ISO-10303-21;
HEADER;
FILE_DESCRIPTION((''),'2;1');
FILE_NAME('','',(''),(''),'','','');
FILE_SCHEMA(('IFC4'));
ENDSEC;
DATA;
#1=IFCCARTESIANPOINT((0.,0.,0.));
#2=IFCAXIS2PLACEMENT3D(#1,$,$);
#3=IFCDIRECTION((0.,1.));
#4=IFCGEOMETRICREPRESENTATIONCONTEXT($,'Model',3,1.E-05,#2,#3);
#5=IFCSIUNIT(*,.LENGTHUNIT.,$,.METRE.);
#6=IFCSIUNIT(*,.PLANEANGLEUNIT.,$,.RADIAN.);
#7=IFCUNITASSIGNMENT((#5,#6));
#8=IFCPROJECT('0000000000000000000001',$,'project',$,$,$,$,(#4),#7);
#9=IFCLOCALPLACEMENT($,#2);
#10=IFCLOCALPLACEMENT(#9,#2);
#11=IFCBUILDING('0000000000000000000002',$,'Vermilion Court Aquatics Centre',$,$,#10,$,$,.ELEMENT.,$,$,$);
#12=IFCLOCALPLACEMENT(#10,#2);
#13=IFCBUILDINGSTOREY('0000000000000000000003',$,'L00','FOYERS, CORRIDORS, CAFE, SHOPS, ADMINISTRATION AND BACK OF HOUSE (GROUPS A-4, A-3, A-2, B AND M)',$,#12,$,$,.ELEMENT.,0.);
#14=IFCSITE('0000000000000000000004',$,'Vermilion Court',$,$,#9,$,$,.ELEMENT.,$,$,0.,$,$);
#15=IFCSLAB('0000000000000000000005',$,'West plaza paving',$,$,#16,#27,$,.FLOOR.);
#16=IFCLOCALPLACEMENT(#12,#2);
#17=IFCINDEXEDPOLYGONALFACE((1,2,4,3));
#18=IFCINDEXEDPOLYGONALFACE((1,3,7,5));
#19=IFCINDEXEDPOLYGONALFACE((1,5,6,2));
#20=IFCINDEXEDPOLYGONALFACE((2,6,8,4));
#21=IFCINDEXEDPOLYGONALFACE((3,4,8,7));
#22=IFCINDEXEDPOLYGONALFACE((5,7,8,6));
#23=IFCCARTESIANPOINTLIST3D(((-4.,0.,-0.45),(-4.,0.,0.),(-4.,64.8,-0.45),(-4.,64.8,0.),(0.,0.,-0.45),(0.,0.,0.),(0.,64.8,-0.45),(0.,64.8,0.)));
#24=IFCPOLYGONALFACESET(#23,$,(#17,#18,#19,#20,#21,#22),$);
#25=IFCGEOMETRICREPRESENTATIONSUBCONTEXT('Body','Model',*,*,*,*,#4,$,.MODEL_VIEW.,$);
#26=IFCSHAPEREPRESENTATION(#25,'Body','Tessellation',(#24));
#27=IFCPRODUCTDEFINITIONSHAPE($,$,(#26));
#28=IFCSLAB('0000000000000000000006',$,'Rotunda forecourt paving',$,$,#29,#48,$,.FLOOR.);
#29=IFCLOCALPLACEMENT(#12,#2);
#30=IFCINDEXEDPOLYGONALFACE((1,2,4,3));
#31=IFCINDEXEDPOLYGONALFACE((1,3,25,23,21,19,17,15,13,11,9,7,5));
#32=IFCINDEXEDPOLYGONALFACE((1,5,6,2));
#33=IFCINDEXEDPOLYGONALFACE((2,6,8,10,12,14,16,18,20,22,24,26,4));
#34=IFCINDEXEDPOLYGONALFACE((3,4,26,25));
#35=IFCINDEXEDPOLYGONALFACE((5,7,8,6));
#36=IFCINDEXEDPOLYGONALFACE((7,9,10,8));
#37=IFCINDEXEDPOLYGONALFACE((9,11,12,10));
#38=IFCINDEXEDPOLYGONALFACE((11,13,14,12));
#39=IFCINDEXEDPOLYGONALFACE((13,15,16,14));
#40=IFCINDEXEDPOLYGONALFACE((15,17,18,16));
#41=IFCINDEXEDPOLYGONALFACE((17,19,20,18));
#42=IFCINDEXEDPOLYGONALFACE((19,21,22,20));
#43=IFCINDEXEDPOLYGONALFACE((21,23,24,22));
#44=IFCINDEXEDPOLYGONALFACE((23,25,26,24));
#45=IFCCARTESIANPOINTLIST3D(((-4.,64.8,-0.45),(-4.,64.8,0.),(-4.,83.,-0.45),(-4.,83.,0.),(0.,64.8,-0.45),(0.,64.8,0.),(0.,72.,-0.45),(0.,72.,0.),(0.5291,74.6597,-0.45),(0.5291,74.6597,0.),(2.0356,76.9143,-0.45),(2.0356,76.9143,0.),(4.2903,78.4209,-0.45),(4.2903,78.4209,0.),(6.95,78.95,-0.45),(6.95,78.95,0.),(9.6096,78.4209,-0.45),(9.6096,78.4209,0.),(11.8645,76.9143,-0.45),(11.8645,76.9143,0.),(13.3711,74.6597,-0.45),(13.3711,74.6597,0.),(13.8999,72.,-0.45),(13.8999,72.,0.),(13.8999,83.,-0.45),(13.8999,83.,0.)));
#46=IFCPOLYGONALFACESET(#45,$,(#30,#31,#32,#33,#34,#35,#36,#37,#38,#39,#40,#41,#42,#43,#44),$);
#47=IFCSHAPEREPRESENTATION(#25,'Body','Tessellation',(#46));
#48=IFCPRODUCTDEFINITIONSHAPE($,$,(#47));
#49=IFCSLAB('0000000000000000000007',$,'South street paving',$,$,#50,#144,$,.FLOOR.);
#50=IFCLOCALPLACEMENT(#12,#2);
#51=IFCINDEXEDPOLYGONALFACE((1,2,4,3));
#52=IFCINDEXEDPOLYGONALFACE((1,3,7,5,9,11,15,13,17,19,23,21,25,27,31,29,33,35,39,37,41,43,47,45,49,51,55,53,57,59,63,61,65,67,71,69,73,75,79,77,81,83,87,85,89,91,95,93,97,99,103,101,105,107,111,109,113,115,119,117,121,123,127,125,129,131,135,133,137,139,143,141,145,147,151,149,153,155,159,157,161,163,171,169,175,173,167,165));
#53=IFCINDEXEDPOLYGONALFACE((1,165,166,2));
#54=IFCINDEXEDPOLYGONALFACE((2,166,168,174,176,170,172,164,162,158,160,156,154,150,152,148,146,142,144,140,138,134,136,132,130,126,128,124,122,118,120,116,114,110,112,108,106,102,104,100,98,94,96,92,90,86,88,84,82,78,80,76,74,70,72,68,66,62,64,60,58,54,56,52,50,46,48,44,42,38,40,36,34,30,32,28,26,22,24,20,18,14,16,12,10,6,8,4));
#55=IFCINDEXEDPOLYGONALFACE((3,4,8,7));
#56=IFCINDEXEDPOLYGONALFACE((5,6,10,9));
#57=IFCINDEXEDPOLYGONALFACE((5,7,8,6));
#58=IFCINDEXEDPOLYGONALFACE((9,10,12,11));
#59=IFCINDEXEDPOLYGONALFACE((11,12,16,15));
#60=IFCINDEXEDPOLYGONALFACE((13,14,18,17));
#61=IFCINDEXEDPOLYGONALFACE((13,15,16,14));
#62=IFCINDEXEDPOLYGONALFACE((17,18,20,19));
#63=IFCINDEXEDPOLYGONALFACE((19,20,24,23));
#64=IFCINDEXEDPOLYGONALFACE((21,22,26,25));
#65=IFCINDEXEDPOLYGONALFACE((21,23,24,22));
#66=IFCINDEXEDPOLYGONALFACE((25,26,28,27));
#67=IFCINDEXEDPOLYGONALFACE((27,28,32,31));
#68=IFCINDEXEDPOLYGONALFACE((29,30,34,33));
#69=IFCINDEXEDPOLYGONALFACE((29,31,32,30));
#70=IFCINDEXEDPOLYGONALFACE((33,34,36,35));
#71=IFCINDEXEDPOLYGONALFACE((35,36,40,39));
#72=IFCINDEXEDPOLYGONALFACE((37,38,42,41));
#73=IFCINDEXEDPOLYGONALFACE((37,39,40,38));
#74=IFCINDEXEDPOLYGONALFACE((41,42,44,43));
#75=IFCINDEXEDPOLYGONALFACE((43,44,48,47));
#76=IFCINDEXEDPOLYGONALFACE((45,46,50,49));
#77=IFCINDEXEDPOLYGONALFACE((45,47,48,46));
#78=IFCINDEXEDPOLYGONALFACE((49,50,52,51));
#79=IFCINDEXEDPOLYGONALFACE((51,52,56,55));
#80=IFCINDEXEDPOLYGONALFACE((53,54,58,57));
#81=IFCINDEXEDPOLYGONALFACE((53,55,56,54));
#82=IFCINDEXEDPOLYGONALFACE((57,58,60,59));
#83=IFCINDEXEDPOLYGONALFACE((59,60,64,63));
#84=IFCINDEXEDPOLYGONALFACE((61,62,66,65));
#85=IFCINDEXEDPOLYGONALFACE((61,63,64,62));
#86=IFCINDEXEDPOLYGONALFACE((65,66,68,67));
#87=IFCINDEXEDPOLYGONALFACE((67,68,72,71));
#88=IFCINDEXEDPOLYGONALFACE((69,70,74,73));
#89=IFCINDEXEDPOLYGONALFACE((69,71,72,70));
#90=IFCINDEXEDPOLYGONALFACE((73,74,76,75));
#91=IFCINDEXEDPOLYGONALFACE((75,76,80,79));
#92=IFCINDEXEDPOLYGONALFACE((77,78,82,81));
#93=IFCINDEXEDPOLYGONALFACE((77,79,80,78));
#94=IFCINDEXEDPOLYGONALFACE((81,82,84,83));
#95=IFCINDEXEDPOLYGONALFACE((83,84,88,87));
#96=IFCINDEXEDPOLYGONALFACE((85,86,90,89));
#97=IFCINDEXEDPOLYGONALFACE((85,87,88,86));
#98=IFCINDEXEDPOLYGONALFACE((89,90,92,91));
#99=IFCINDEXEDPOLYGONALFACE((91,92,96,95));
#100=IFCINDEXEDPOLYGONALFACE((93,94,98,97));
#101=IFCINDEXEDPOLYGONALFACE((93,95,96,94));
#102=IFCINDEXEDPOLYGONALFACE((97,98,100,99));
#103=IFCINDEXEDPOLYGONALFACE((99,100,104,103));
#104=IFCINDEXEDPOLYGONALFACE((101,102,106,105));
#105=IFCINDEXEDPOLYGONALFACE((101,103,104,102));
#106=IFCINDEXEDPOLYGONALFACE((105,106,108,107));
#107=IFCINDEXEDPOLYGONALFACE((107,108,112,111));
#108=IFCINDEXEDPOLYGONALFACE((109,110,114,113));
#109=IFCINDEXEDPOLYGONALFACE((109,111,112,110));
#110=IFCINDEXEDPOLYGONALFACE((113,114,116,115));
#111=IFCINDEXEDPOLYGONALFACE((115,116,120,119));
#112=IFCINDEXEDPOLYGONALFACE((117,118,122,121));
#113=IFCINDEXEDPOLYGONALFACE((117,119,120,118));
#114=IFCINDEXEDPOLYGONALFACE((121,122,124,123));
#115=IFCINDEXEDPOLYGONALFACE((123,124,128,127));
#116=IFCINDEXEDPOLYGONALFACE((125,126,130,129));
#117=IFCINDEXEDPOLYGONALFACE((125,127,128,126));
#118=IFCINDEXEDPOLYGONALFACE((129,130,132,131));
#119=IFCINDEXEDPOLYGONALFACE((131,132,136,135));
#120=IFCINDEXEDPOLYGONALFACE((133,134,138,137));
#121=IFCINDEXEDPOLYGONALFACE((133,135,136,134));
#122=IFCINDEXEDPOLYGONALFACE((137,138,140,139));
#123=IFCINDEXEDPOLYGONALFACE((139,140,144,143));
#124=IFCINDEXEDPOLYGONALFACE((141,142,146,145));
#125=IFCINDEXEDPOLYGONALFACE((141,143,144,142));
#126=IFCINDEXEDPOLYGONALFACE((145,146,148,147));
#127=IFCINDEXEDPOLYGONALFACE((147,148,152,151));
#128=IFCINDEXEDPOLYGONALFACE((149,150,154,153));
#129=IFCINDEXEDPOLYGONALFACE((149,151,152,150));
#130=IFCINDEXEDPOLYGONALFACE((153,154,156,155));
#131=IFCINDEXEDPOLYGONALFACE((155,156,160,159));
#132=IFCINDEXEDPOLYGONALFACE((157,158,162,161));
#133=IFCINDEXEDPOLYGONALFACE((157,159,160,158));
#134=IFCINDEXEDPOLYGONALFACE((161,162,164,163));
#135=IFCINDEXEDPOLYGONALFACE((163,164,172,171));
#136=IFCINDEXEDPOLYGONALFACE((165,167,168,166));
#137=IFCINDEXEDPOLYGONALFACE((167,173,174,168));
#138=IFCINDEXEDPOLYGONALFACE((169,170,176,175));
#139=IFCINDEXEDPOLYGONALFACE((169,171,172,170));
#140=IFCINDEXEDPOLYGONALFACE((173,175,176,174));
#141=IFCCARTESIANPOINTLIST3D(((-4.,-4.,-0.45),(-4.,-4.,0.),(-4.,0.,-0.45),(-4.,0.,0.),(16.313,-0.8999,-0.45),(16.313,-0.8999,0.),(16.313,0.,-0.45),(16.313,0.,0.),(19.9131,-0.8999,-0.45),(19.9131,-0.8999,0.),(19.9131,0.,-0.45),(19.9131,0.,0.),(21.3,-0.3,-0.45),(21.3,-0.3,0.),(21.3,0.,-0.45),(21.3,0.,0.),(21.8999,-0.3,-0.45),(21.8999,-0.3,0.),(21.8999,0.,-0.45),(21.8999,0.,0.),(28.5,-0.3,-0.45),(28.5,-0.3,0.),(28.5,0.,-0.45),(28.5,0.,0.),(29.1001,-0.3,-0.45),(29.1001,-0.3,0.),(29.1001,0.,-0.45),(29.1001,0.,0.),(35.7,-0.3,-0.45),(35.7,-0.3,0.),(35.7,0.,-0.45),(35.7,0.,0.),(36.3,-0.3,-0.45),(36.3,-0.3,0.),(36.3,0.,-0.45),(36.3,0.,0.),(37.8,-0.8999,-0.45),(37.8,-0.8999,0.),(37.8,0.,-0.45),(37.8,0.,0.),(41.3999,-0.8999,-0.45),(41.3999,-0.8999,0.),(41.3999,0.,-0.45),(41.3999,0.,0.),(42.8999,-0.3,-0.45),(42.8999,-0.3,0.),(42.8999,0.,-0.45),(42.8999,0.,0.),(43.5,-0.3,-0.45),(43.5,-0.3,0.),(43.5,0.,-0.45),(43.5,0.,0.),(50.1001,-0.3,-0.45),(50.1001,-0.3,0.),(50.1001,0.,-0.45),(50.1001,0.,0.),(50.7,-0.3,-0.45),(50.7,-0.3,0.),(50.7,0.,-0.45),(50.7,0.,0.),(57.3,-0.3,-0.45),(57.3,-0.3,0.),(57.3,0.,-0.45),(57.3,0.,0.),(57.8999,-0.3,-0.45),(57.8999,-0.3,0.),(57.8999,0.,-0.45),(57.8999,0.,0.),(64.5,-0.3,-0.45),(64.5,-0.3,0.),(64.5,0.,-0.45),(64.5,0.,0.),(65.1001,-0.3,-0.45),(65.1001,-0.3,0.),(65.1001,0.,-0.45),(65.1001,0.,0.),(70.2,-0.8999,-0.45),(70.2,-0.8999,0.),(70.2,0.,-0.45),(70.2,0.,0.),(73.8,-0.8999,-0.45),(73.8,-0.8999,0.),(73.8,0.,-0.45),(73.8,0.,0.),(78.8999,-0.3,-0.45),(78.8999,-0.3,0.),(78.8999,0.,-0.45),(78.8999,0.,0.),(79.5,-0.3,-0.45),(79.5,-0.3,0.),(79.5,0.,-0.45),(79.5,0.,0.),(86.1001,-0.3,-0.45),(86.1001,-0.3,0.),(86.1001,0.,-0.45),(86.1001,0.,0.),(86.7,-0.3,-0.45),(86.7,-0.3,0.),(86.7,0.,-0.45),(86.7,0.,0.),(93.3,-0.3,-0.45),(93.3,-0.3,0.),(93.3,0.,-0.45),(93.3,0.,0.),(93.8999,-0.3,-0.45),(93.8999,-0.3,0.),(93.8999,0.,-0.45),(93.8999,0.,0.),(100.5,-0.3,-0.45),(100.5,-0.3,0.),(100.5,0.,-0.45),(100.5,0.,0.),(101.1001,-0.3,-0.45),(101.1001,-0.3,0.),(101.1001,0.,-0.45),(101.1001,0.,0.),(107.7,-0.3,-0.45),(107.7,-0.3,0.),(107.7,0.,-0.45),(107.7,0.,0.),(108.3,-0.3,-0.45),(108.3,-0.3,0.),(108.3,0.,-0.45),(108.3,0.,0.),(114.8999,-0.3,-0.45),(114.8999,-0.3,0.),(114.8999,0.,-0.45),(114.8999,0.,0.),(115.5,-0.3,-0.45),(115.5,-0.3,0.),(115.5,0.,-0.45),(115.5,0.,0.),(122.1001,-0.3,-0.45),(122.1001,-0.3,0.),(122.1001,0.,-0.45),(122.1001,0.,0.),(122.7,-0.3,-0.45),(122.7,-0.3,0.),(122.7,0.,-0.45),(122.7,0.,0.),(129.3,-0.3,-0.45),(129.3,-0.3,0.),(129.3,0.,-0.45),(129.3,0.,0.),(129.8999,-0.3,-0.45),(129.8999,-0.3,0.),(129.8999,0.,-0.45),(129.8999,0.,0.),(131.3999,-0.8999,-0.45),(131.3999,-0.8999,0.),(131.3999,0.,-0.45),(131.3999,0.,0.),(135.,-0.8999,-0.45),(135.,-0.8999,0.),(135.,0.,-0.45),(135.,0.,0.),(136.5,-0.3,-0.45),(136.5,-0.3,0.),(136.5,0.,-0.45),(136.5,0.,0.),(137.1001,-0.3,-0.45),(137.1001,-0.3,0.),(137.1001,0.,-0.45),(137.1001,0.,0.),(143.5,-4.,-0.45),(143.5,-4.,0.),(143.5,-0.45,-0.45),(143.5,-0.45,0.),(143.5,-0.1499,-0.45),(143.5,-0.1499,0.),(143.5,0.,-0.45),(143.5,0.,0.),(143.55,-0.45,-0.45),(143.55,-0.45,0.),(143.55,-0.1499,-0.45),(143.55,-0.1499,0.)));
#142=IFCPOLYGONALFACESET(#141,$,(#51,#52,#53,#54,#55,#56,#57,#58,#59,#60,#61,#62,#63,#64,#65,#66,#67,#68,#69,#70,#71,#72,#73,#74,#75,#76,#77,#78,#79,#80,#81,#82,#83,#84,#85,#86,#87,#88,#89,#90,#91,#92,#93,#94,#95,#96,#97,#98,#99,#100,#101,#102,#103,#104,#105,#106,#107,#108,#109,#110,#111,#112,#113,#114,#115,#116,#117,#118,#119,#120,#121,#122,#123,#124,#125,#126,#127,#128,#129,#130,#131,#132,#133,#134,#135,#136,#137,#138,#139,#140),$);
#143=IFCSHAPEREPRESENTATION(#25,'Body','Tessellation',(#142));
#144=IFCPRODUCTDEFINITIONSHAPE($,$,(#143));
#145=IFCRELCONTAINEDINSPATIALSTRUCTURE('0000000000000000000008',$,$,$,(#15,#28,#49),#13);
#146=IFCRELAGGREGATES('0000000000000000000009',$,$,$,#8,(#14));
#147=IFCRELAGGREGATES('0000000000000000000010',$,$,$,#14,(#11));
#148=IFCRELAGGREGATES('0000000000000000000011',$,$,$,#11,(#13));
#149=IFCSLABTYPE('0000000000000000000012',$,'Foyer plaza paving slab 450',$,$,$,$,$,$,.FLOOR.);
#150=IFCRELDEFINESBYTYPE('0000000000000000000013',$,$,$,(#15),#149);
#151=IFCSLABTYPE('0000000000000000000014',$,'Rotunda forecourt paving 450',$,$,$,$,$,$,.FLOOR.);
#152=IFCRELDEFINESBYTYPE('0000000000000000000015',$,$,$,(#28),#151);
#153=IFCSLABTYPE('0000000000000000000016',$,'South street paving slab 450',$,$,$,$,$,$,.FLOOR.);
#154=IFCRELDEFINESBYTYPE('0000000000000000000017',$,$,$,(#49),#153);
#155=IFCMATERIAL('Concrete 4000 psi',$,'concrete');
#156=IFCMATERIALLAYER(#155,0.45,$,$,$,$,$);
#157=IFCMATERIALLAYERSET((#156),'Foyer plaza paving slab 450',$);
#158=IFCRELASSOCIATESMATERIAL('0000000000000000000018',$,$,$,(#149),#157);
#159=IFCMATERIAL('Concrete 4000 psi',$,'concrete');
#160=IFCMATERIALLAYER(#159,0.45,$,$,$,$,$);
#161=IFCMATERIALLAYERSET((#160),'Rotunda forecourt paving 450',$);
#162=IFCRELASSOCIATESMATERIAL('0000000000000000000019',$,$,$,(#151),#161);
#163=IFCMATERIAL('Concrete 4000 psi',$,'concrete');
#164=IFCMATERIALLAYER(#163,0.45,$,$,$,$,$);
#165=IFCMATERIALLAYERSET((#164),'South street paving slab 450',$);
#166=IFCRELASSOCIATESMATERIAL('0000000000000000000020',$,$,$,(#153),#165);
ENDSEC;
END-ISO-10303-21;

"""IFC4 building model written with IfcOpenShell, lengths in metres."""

from ifc_helpers import new_model, si_unit, direction, frame, origin, place, context, subcontext, project, spatial, polyline, outline, extrude, material, layer, layer_set, type_object, element, save


model = new_model("IFC4")

# Units and contexts
model_context = context("Model", 3, precision=1e-05, world=origin(), true_north=direction((0.0, 1.0)))
body_context = subcontext(model_context, "Body", "Model", "MODEL_VIEW")
ifc_project = project(units=[si_unit("LENGTHUNIT", "METRE"), si_unit("PLANEANGLEUNIT", "RADIAN")], contexts=[model_context])

# Site, building, storey
site_placement = place(None, origin())
site = spatial("IfcSite", under=ifc_project, at=site_placement, Name="Vermilion Court", CompositionType="ELEMENT", RefElevation=0.0)
building_placement = place(site_placement, origin())
building = spatial("IfcBuilding", under=site, at=building_placement, Name="Vermilion Court Aquatics Centre", CompositionType="ELEMENT")
storey_placement = place(building_placement, origin())
storey = spatial("IfcBuildingStorey", under=building, at=storey_placement, Name="L00", Description="FOYERS, CORRIDORS, CAFE, SHOPS, ADMINISTRATION AND BACK OF HOUSE (GROUPS A-4, A-3, A-2, B AND M)", CompositionType="ELEMENT", Elevation=0.0)

# Slabs
ifc_material_1 = material(Name="Concrete 4000 psi", Category="concrete")
ifc_layer_1 = layer(ifc_material_1, 0.45)
ifc_layer_set_1 = layer_set([ifc_layer_1], Name="Foyer plaza paving slab 450")
slab_type_1 = type_object("IfcSlabType", Name="Foyer plaza paving slab 450", PredefinedType="FLOOR", material=ifc_layer_set_1)
slab_1_placement = place(storey_placement, frame((0.0, 0.0, -0.45)))
element("IfcSlab", 1, at=slab_1_placement, inside=storey, type_object=slab_type_1, Name="West plaza paving", PredefinedType="FLOOR", context=body_context, shape_type="SweptSolid", body=[
    extrude(outline(polyline([(-4.0, 0.0), (0.0, 0.0), (0.0, 64.8), (-4.0, 64.8), (-4.0, 0.0)])), origin(), (0.0, 0.0, 1.0), 0.45),
])
ifc_material_2 = material(Name="Concrete 4000 psi", Category="concrete")
ifc_layer_2 = layer(ifc_material_2, 0.45)
ifc_layer_set_2 = layer_set([ifc_layer_2], Name="Rotunda forecourt paving 450")
slab_type_2 = type_object("IfcSlabType", Name="Rotunda forecourt paving 450", PredefinedType="FLOOR", material=ifc_layer_set_2)
slab_2_placement = place(storey_placement, frame((0.0, 0.0, -0.45)))
element("IfcSlab", 2, at=slab_2_placement, inside=storey, type_object=slab_type_2, Name="Rotunda forecourt paving", PredefinedType="FLOOR", context=body_context, shape_type="SweptSolid", body=[
    extrude(outline(polyline([(-4.0, 64.8), (-4.0, 83.0), (13.8999, 83.0), (13.8999, 72.0), (13.3711, 74.6597), (11.8645, 76.9143), (9.6096, 78.4209), (6.95, 78.95), (4.2903, 78.4209), (2.0356, 76.9143), (0.5291, 74.6597), (0.0, 72.0), (0.0, 64.8), (-4.0, 64.8)])), origin(), (0.0, 0.0, 1.0), 0.45),
])
ifc_material_3 = material(Name="Concrete 4000 psi", Category="concrete")
ifc_layer_3 = layer(ifc_material_3, 0.45)
ifc_layer_set_3 = layer_set([ifc_layer_3], Name="South street paving slab 450")
slab_type_3 = type_object("IfcSlabType", Name="South street paving slab 450", PredefinedType="FLOOR", material=ifc_layer_set_3)
slab_3_placement = place(storey_placement, frame((0.0, 0.0, -0.45)))
element("IfcSlab", 3, at=slab_3_placement, inside=storey, type_object=slab_type_3, Name="South street paving", PredefinedType="FLOOR", context=body_context, shape_type="SweptSolid", body=[
    extrude(outline(polyline([(143.5, 0.0), (143.5, -0.1499), (143.55, -0.1499), (143.55, -0.45), (143.5, -0.45), (143.5, -4.0), (-4.0, -4.0), (-4.0, 0.0), (16.313, 0.0), (16.313, -0.8999), (19.9131, -0.8999), (19.9131, 0.0), (21.3, 0.0), (21.3, -0.3), (21.8999, -0.3), (21.8999, 0.0), (28.5, 0.0), (28.5, -0.3), (29.1001, -0.3), (29.1001, 0.0), (35.7, 0.0), (35.7, -0.3), (36.3, -0.3), (36.3, 0.0), (37.8, 0.0), (37.8, -0.8999), (41.3999, -0.8999), (41.3999, 0.0), (42.8999, 0.0), (42.8999, -0.3), (43.5, -0.3), (43.5, 0.0), (50.1001, 0.0), (50.1001, -0.3), (50.7, -0.3), (50.7, 0.0), (57.3, 0.0), (57.3, -0.3), (57.8999, -0.3), (57.8999, 0.0), (64.5, 0.0), (64.5, -0.3), (65.1001, -0.3), (65.1001, 0.0), (70.2, 0.0), (70.2, -0.8999), (73.8, -0.8999), (73.8, 0.0), (78.8999, 0.0), (78.8999, -0.3), (79.5, -0.3), (79.5, 0.0), (86.1001, 0.0), (86.1001, -0.3), (86.7, -0.3), (86.7, 0.0), (93.3, 0.0), (93.3, -0.3), (93.8999, -0.3), (93.8999, 0.0), (100.5, 0.0), (100.5, -0.3), (101.1001, -0.3), (101.1001, 0.0), (107.7, 0.0), (107.7, -0.3), (108.3, -0.3), (108.3, 0.0), (114.8999, 0.0), (114.8999, -0.3), (115.5, -0.3), (115.5, 0.0), (122.1001, 0.0), (122.1001, -0.3), (122.7, -0.3), (122.7, 0.0), (129.3, 0.0), (129.3, -0.3), (129.8999, -0.3), (129.8999, 0.0), (131.3999, 0.0), (131.3999, -0.8999), (135.0, -0.8999), (135.0, 0.0), (136.5, 0.0), (136.5, -0.3), (137.1001, -0.3), (137.1001, 0.0), (143.5, 0.0)])), origin(), (0.0, 0.0, 1.0), 0.45),
])

save(model, "model.ifc")
